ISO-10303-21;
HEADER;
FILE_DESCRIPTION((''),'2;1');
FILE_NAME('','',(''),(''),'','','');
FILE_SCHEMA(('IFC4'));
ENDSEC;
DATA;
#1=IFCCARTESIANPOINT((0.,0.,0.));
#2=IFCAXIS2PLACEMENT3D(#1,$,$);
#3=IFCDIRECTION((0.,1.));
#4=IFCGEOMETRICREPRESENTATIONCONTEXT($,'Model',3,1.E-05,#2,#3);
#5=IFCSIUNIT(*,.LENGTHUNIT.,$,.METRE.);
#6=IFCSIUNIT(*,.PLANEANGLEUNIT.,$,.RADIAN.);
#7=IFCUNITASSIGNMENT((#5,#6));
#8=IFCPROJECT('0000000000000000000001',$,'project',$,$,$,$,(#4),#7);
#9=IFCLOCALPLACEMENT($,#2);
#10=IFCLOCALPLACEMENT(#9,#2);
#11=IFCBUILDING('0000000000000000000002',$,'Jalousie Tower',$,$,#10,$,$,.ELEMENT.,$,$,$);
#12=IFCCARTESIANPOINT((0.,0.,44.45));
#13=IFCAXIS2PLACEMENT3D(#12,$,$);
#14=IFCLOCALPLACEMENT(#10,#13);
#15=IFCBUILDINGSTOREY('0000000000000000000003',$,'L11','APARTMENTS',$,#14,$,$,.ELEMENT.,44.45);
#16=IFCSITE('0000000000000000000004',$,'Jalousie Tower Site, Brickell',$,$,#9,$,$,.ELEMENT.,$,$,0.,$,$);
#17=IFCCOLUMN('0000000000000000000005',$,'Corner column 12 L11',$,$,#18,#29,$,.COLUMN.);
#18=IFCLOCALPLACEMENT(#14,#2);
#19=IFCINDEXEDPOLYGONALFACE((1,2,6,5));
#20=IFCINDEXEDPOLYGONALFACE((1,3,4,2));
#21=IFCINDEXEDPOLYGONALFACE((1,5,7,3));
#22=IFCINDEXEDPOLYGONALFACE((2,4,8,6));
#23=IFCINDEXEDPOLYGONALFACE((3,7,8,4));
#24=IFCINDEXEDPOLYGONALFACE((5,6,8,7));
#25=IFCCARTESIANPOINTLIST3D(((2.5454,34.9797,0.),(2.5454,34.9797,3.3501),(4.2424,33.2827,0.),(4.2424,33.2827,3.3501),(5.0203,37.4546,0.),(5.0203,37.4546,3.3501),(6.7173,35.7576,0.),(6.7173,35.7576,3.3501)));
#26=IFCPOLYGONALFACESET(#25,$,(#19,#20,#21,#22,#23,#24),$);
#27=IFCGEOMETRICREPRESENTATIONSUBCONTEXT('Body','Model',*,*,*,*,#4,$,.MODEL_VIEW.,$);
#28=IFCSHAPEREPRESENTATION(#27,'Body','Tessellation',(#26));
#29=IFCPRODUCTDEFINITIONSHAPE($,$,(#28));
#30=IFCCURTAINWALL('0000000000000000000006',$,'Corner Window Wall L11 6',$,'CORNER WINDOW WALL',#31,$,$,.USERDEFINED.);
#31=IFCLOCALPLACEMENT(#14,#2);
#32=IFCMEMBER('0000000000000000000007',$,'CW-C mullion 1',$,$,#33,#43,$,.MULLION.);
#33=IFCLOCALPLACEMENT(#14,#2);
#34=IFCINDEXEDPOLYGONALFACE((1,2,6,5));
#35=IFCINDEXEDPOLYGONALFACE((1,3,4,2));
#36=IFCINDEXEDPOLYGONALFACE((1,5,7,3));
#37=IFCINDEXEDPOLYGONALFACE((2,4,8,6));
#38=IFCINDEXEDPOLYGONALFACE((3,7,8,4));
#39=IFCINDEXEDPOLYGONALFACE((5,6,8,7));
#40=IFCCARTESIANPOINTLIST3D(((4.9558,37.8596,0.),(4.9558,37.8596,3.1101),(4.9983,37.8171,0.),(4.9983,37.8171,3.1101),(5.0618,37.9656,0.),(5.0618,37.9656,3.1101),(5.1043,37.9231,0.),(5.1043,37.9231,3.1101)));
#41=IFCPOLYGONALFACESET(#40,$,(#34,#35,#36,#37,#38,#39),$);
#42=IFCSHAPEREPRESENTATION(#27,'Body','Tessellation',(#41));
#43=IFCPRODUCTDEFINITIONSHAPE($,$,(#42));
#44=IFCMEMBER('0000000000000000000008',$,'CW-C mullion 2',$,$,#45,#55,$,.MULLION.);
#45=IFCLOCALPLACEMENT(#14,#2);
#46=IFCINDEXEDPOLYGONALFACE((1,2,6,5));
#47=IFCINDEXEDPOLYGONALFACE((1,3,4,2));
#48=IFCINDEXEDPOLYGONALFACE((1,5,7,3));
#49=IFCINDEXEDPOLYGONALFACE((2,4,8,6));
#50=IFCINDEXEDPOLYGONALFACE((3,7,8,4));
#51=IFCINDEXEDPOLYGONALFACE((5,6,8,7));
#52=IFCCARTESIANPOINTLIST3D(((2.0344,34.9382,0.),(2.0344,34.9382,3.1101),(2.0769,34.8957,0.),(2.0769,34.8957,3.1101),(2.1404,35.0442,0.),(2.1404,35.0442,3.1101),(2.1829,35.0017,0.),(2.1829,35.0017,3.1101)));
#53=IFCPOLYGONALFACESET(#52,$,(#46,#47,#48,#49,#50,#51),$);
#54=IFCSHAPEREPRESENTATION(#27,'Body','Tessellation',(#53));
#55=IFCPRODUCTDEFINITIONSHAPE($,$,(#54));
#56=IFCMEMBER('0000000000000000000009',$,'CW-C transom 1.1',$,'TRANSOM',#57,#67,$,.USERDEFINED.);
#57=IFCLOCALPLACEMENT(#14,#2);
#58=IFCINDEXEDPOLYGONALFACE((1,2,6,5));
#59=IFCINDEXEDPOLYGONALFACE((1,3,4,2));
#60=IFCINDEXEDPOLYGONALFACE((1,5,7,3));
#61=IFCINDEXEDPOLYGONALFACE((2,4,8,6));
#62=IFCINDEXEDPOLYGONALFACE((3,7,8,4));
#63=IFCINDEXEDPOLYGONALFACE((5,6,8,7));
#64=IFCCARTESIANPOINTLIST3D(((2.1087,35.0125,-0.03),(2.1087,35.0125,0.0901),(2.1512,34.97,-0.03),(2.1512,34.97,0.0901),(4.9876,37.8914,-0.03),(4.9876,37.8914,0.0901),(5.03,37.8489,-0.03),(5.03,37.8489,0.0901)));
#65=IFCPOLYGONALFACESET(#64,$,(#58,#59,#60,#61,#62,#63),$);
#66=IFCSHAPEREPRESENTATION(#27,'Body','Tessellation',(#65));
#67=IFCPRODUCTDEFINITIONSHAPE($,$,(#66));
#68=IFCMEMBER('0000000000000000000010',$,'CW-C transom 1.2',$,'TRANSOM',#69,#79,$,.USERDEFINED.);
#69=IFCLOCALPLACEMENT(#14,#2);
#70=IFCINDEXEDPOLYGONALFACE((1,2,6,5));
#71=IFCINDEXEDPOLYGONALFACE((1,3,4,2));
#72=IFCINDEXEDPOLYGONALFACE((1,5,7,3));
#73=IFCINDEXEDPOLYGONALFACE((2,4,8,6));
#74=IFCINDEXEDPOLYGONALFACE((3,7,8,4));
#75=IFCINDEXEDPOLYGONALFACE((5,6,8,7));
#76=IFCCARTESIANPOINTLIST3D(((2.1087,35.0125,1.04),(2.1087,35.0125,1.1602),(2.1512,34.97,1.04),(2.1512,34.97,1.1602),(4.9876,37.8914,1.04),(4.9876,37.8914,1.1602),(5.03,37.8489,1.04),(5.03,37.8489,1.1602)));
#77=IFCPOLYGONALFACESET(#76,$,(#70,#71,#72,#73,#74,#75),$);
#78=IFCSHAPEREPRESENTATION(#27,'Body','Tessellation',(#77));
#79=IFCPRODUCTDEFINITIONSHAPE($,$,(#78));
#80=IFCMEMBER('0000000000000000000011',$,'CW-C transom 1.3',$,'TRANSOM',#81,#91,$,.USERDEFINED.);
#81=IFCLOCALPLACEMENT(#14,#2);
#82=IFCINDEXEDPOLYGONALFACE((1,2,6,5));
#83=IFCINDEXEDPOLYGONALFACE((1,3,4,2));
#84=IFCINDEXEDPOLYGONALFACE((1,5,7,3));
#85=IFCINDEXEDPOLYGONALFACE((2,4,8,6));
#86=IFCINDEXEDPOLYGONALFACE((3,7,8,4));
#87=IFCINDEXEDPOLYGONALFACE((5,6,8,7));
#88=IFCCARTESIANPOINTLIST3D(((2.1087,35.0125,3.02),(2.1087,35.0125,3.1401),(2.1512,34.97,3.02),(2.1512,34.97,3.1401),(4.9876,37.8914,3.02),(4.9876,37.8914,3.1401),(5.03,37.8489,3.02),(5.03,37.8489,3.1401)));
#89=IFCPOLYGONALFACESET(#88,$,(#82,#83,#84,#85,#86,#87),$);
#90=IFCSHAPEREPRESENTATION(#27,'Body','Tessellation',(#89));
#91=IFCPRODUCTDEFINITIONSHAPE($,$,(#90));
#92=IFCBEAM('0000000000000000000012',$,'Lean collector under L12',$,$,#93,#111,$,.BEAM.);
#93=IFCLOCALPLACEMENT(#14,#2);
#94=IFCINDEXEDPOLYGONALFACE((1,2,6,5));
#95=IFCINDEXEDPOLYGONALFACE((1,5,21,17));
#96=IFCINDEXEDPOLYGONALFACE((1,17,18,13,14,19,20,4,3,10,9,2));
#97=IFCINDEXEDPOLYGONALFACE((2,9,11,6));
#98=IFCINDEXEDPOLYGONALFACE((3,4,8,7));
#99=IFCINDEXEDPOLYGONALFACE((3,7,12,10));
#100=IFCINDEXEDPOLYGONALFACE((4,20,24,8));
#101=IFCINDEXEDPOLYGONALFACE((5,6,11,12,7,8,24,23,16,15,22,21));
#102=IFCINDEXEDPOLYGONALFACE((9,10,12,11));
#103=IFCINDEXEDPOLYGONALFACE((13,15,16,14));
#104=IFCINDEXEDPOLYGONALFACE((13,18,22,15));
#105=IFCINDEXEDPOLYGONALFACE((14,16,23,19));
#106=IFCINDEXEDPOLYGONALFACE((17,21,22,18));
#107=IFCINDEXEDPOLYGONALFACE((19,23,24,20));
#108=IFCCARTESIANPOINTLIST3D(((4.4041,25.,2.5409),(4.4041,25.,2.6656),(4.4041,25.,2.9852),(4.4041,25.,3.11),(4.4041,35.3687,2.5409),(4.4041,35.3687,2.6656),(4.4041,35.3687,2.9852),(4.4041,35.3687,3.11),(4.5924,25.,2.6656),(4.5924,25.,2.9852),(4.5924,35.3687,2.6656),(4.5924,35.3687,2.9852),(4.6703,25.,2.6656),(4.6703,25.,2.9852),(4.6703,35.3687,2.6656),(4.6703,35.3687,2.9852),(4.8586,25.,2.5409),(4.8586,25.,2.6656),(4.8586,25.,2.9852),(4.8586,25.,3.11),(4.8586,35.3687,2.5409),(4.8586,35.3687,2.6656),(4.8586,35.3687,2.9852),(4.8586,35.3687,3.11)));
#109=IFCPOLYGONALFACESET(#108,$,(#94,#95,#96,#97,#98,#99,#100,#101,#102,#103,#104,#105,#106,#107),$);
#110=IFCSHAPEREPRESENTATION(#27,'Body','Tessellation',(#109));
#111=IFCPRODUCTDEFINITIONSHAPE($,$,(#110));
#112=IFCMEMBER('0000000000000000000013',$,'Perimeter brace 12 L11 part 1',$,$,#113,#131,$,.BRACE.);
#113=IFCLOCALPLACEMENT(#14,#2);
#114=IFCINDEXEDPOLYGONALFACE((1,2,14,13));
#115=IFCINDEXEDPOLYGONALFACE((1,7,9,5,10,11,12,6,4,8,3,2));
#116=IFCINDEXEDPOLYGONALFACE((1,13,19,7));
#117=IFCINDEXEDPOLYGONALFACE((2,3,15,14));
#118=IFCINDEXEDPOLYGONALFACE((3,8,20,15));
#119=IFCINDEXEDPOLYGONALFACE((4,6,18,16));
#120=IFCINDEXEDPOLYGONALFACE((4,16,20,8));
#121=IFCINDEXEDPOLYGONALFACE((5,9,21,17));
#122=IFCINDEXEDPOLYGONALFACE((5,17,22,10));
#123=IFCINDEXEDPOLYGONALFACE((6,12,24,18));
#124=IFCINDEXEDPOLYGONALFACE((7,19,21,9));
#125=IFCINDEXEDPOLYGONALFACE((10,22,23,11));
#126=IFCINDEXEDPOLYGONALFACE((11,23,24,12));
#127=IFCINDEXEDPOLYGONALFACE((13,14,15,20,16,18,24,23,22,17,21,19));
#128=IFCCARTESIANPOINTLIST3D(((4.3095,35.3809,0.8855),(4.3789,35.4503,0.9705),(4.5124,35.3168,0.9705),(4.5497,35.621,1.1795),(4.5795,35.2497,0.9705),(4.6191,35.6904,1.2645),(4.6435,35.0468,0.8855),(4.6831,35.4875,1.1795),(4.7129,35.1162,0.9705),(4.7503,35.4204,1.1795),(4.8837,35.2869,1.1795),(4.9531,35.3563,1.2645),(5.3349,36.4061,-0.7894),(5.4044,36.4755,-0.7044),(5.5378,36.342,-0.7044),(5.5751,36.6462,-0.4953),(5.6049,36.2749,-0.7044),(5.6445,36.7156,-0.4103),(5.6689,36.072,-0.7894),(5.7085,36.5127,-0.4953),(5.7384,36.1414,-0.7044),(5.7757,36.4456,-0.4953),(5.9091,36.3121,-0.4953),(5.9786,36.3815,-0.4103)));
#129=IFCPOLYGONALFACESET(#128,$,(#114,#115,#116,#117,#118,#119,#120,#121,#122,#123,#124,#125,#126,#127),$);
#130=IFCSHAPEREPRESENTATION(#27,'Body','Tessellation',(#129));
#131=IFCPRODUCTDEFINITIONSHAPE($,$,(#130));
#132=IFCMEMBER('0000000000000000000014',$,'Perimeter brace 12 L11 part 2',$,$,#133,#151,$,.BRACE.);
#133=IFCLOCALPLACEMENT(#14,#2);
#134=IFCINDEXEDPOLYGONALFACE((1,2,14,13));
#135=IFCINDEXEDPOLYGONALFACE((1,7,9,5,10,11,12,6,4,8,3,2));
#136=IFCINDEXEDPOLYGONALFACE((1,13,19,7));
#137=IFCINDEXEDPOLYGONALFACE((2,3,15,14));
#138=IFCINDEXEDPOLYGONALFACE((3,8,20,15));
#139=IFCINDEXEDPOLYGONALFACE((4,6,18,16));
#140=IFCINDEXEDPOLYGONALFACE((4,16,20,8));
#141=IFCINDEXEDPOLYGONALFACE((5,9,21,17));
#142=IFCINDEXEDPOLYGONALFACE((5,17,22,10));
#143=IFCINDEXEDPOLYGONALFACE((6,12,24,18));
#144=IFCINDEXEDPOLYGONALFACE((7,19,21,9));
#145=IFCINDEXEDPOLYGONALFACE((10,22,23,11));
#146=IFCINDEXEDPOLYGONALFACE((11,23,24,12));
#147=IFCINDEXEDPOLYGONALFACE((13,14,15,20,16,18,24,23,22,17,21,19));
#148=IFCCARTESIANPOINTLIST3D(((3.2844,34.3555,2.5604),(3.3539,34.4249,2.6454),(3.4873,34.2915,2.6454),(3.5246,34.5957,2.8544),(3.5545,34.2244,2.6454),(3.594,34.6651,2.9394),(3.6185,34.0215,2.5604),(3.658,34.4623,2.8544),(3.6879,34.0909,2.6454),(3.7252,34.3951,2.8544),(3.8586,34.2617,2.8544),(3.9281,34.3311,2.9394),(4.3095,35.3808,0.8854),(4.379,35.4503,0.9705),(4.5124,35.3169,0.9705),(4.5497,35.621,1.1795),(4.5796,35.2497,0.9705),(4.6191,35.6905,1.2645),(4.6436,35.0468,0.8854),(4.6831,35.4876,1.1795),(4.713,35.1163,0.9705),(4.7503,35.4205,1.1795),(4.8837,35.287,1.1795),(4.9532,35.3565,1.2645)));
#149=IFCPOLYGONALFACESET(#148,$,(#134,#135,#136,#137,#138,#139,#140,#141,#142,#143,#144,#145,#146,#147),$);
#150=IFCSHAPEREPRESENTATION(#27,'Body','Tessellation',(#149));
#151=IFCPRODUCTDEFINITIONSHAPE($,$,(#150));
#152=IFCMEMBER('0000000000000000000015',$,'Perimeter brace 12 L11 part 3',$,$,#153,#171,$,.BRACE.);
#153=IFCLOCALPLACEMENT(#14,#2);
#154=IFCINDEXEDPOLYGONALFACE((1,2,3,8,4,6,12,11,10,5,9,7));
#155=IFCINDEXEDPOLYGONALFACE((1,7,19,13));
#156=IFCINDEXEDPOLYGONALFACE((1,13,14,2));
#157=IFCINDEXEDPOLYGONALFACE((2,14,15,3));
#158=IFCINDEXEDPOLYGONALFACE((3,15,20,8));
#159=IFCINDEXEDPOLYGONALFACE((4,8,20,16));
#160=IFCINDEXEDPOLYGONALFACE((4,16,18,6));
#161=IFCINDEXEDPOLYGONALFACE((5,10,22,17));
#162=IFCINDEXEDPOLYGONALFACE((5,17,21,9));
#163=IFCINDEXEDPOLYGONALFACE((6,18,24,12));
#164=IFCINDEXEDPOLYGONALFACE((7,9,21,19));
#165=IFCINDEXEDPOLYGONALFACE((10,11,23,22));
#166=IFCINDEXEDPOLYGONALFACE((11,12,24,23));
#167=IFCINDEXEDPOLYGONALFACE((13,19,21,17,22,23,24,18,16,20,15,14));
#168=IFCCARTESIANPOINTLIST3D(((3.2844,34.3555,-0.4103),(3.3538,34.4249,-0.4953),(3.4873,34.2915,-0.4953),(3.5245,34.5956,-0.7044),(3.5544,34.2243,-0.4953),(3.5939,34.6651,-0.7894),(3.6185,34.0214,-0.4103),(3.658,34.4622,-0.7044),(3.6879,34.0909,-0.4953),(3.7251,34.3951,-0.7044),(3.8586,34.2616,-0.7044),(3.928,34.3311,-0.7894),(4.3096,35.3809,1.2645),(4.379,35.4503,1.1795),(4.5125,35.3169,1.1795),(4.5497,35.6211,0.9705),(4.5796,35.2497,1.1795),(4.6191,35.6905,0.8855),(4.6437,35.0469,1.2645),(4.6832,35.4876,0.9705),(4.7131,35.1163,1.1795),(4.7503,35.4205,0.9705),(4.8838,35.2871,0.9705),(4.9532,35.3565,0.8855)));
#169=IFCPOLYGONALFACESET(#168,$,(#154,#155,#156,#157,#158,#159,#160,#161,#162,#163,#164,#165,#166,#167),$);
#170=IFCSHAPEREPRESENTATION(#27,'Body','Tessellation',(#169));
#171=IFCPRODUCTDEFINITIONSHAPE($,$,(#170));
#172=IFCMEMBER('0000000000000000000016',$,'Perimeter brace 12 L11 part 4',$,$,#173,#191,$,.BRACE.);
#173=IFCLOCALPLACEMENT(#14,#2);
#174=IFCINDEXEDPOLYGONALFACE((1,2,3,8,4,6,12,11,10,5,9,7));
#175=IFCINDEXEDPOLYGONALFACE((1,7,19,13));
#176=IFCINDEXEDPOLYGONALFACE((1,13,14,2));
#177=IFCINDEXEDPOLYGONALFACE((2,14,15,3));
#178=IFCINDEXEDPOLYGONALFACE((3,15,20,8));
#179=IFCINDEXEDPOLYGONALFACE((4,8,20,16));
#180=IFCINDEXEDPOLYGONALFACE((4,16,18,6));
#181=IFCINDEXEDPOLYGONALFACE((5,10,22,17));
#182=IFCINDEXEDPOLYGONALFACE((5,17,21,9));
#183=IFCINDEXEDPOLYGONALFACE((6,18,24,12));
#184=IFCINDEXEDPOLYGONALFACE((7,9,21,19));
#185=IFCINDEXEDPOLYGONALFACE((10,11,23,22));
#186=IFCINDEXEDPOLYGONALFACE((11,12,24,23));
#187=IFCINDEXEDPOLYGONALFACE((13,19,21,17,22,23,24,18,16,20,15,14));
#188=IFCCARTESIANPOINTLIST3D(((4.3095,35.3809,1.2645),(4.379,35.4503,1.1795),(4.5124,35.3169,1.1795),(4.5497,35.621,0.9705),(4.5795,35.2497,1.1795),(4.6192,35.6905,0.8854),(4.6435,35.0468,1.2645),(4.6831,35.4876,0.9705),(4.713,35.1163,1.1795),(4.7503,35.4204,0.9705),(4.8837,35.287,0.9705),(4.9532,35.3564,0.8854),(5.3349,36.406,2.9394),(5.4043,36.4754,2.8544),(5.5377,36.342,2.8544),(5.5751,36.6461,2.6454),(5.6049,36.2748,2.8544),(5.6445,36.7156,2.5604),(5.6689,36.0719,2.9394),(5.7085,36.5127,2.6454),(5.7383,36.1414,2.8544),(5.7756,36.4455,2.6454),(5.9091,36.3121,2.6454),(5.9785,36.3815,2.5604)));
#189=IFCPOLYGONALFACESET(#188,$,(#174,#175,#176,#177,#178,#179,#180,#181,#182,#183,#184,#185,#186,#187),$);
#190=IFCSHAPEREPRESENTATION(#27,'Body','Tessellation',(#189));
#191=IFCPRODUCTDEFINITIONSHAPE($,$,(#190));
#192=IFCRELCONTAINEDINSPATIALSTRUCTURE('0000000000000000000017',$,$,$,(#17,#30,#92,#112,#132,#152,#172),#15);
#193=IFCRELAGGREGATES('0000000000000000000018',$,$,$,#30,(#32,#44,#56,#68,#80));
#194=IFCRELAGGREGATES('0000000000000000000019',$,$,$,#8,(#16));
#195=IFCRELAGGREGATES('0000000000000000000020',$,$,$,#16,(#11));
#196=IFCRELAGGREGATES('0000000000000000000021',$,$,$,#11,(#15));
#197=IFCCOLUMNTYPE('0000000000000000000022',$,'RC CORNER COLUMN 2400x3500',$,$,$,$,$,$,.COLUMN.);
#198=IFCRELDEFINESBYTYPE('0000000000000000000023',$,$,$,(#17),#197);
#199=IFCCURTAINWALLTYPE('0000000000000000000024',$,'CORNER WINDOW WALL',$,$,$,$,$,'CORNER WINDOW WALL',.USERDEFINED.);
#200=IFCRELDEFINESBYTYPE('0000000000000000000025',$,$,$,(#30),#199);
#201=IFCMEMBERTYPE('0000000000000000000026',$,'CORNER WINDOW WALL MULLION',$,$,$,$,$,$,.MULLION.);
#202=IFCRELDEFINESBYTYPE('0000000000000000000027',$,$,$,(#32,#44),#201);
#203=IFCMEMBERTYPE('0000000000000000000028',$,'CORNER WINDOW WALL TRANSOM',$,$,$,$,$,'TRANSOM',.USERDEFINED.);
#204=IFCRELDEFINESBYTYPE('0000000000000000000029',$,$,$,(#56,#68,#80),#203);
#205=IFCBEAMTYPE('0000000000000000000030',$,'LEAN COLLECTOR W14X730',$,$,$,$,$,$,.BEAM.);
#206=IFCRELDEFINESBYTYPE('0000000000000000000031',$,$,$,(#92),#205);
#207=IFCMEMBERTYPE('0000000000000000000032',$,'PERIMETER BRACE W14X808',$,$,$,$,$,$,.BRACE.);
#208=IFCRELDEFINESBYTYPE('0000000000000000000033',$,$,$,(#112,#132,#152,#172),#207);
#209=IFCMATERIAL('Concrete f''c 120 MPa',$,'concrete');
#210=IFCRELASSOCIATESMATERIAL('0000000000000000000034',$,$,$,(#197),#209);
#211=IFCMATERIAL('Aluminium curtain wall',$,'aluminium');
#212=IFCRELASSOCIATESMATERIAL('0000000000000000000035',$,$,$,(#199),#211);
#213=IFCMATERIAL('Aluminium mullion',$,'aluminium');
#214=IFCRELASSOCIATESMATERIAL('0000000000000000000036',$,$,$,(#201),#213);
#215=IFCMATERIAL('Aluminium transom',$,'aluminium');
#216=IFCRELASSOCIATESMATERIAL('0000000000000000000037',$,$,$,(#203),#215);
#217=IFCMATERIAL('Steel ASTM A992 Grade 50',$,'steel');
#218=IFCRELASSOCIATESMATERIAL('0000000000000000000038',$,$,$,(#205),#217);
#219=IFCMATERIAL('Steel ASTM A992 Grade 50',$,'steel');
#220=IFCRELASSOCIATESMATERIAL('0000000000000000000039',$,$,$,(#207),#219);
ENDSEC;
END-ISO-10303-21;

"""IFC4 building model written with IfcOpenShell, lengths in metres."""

from ifc_helpers import new_model, si_unit, direction, frame, origin, origin_2d, place, context, subcontext, project, spatial, rectangle, i_section, extrude, material, material_profile, profile_set, type_object, element, aggregate, save


model = new_model("IFC4")

# Units and contexts
model_context = context("Model", 3, precision=1e-05, world=origin(), true_north=direction((0.0, 1.0)))
body_context = subcontext(model_context, "Body", "Model", "MODEL_VIEW")
ifc_project = project(units=[si_unit("LENGTHUNIT", "METRE"), si_unit("PLANEANGLEUNIT", "RADIAN")], contexts=[model_context])

# Site, building, storey
site_placement = place(None, origin())
site = spatial("IfcSite", under=ifc_project, at=site_placement, Name="Jalousie Tower Site, Brickell", CompositionType="ELEMENT", RefElevation=0.0)
building_placement = place(site_placement, origin())
building = spatial("IfcBuilding", under=site, at=building_placement, Name="Jalousie Tower", CompositionType="ELEMENT")
storey_placement = place(building_placement, frame((0.0, 0.0, 44.45)))
storey = spatial("IfcBuildingStorey", under=building, at=storey_placement, Name="L11", Description="APARTMENTS", CompositionType="ELEMENT", Elevation=44.45)

# Column
ifc_material_1 = material(Name="Concrete f'c 120 MPa", Category="concrete")
ifc_material_profile_1 = material_profile(ifc_material_1, rectangle(XDim=2.3999, YDim=3.5, at=origin_2d()), Name="RC 2400x3500")
ifc_profile_set_1 = profile_set([ifc_material_profile_1], Name="Concrete f'c 120 MPa")
column_type = type_object("IfcColumnType", Name="RC CORNER COLUMN 2400x3500", PredefinedType="COLUMN", material=ifc_profile_set_1)
column_placement = place(storey_placement, frame((4.6313, 35.3687, 0.0), z_axis=(0.0, 0.0, 1.0), x_axis=(0.707107, -0.707107, 0.0)))
element("IfcColumn", 1, at=column_placement, inside=storey, type_object=column_type, Name="Corner column 12 L11", PredefinedType="COLUMN", context=body_context, shape_type="SweptSolid", body=[
    extrude(rectangle(XDim=2.3999, YDim=3.5, at=origin_2d()), origin(), (0.0, 0.0, 1.0), 3.3501),
])

# Curtain wall, members
ifc_material_2 = material(Name="Aluminium curtain wall", Category="aluminium")
curtain_wall_type_1 = type_object("IfcCurtainWallType", Name="CORNER WINDOW WALL", ElementType="CORNER WINDOW WALL", PredefinedType="USERDEFINED", material=ifc_material_2)
curtain_wall_1_placement = place(storey_placement, origin())
curtain_wall_1 = element("IfcCurtainWall", 2, at=curtain_wall_1_placement, inside=storey, type_object=curtain_wall_type_1, Name="Corner Window Wall L11 6", ObjectType="CORNER WINDOW WALL", PredefinedType="USERDEFINED")
ifc_material_3 = material(Name="Aluminium mullion", Category="aluminium")
ifc_material_profile_2 = material_profile(ifc_material_3, rectangle(XDim=0.0601, YDim=0.1499, at=origin_2d()), Name="MULLION 60x150")
ifc_profile_set_2 = profile_set([ifc_material_profile_2], Name="Aluminium mullion")
member_type_1 = type_object("IfcMemberType", Name="CORNER WINDOW WALL MULLION", PredefinedType="MULLION", material=ifc_profile_set_2)
member_1_placement = place(storey_placement, frame((5.03, 37.8914, 0.0), z_axis=(0.0, 0.0, 1.0), x_axis=(0.707107, -0.707107, 0.0)))
member_1 = element("IfcMember", 3, at=member_1_placement, type_object=member_type_1, Name="CW-C mullion 1", PredefinedType="MULLION", context=body_context, shape_type="SweptSolid", body=[
    extrude(rectangle(XDim=0.0601, YDim=0.1499, at=origin_2d()), origin(), (0.0, 0.0, 1.0), 3.1101),
])
member_2_placement = place(storey_placement, frame((2.1086, 34.97, 0.0), z_axis=(0.0, 0.0, 1.0), x_axis=(0.707107, -0.707107, 0.0)))
member_2 = element("IfcMember", 4, at=member_2_placement, type_object=member_type_1, Name="CW-C mullion 2", PredefinedType="MULLION", context=body_context, shape_type="SweptSolid", body=[
    extrude(rectangle(XDim=0.0601, YDim=0.1499, at=origin_2d()), origin(), (0.0, 0.0, 1.0), 3.1101),
])
ifc_material_4 = material(Name="Aluminium transom", Category="aluminium")
ifc_material_profile_3 = material_profile(ifc_material_4, rectangle(XDim=0.0601, YDim=0.1201, at=origin_2d()), Name="TRANSOM 60x120")
ifc_profile_set_3 = profile_set([ifc_material_profile_3], Name="Aluminium transom")
member_type_2 = type_object("IfcMemberType", Name="CORNER WINDOW WALL TRANSOM", ElementType="TRANSOM", PredefinedType="USERDEFINED", material=ifc_profile_set_3)
member_3_placement = place(storey_placement, frame((5.0088, 37.8701, 0.03), z_axis=(-0.707107, -0.707107, 0.0), x_axis=(0.707107, -0.707107, 0.0)))
member_3 = element("IfcMember", 5, at=member_3_placement, type_object=member_type_2, Name="CW-C transom 1.1", ObjectType="TRANSOM", PredefinedType="USERDEFINED", context=body_context, shape_type="SweptSolid", body=[
    extrude(rectangle(XDim=0.0601, YDim=0.1201, at=origin_2d()), origin(), (0.0, 0.0, 1.0), 4.0713),
])
member_4_placement = place(storey_placement, frame((5.0088, 37.8701, 1.1001), z_axis=(-0.707107, -0.707107, 0.0), x_axis=(0.707107, -0.707107, 0.0)))
member_4 = element("IfcMember", 6, at=member_4_placement, type_object=member_type_2, Name="CW-C transom 1.2", ObjectType="TRANSOM", PredefinedType="USERDEFINED", context=body_context, shape_type="SweptSolid", body=[
    extrude(rectangle(XDim=0.0601, YDim=0.1201, at=origin_2d()), origin(), (0.0, 0.0, 1.0), 4.0713),
])
member_5_placement = place(storey_placement, frame((5.0088, 37.8701, 3.0801), z_axis=(-0.707107, -0.707107, 0.0), x_axis=(0.707107, -0.707107, 0.0)))
member_5 = element("IfcMember", 7, at=member_5_placement, type_object=member_type_2, Name="CW-C transom 1.3", ObjectType="TRANSOM", PredefinedType="USERDEFINED", context=body_context, shape_type="SweptSolid", body=[
    extrude(rectangle(XDim=0.0601, YDim=0.1201, at=origin_2d()), origin(), (0.0, 0.0, 1.0), 4.0713),
])

# Beam
ifc_material_5 = material(Name="Steel ASTM A992 Grade 50", Category="steel")
ifc_material_profile_4 = material_profile(ifc_material_5, i_section(OverallWidth=0.4546, OverallDepth=0.5691, WebThickness=0.0779, FlangeThickness=0.1248, at=origin_2d()), Name="W14X730")
ifc_profile_set_4 = profile_set([ifc_material_profile_4], Name="Steel ASTM A992 Grade 50")
beam_type_1 = type_object("IfcBeamType", Name="LEAN COLLECTOR W14X730", PredefinedType="BEAM", material=ifc_profile_set_4)
beam_1_placement = place(storey_placement, frame((4.6313, 35.3687, 2.8254), z_axis=(0.0, -1.0, 0.0), x_axis=(1.0, 0.0, 0.0)))
element("IfcBeam", 8, at=beam_1_placement, inside=storey, type_object=beam_type_1, Name="Lean collector under L12", PredefinedType="BEAM", context=body_context, shape_type="SweptSolid", body=[
    extrude(i_section(OverallWidth=0.4546, OverallDepth=0.5691, WebThickness=0.0779, FlangeThickness=0.1248, at=origin_2d()), origin(), (0.0, 0.0, 1.0), 10.3687),
])

# Members
ifc_material_6 = material(Name="Steel ASTM A992 Grade 50", Category="steel")
ifc_material_profile_5 = material_profile(ifc_material_6, i_section(OverallWidth=0.4724, OverallDepth=0.5791, WebThickness=0.095, FlangeThickness=0.1299, at=origin_2d()), Name="W14X808")
ifc_profile_set_5 = profile_set([ifc_material_profile_5], Name="Steel ASTM A992 Grade 50")
member_type_3 = type_object("IfcMemberType", Name="PERIMETER BRACE W14X808", PredefinedType="BRACE", material=ifc_profile_set_5)
for number, where, z_axis, x_axis, name in (
    (9, (5.6567, 36.3938, -0.5999), (-0.462879, -0.462768, 0.756035), (0.707023, -0.707191, 0.0), "Perimeter brace 12 L11 part 1"),
    (10, (4.6313, 35.3687, 1.075), (-0.46273, -0.46284, 0.756082), (0.707191, -0.707023, 0.0), "Perimeter brace 12 L11 part 2"),
    (11, (3.6062, 34.3433, -0.5999), (0.462768, 0.462879, 0.756035), (-0.707191, 0.707023, 0.0), "Perimeter brace 12 L11 part 3"),
    (12, (4.6313, 35.3687, 1.075), (0.46284, 0.46273, 0.756082), (-0.707023, 0.707191, 0.0), "Perimeter brace 12 L11 part 4"),
):
    element("IfcMember", number, at=place(storey_placement, frame(where, z_axis=z_axis, x_axis=x_axis)), inside=storey, type_object=member_type_3, Name=name, PredefinedType="BRACE", context=body_context, shape_type="SweptSolid", body=[
        extrude(i_section(OverallWidth=0.4724, OverallDepth=0.5791, WebThickness=0.095, FlangeThickness=0.1299, at=origin_2d()), origin(), (0.0, 0.0, 1.0), 2.2153),
    ])

aggregate(curtain_wall_1, [member_1, member_2, member_3, member_4, member_5])

save(model, "model.ifc")
